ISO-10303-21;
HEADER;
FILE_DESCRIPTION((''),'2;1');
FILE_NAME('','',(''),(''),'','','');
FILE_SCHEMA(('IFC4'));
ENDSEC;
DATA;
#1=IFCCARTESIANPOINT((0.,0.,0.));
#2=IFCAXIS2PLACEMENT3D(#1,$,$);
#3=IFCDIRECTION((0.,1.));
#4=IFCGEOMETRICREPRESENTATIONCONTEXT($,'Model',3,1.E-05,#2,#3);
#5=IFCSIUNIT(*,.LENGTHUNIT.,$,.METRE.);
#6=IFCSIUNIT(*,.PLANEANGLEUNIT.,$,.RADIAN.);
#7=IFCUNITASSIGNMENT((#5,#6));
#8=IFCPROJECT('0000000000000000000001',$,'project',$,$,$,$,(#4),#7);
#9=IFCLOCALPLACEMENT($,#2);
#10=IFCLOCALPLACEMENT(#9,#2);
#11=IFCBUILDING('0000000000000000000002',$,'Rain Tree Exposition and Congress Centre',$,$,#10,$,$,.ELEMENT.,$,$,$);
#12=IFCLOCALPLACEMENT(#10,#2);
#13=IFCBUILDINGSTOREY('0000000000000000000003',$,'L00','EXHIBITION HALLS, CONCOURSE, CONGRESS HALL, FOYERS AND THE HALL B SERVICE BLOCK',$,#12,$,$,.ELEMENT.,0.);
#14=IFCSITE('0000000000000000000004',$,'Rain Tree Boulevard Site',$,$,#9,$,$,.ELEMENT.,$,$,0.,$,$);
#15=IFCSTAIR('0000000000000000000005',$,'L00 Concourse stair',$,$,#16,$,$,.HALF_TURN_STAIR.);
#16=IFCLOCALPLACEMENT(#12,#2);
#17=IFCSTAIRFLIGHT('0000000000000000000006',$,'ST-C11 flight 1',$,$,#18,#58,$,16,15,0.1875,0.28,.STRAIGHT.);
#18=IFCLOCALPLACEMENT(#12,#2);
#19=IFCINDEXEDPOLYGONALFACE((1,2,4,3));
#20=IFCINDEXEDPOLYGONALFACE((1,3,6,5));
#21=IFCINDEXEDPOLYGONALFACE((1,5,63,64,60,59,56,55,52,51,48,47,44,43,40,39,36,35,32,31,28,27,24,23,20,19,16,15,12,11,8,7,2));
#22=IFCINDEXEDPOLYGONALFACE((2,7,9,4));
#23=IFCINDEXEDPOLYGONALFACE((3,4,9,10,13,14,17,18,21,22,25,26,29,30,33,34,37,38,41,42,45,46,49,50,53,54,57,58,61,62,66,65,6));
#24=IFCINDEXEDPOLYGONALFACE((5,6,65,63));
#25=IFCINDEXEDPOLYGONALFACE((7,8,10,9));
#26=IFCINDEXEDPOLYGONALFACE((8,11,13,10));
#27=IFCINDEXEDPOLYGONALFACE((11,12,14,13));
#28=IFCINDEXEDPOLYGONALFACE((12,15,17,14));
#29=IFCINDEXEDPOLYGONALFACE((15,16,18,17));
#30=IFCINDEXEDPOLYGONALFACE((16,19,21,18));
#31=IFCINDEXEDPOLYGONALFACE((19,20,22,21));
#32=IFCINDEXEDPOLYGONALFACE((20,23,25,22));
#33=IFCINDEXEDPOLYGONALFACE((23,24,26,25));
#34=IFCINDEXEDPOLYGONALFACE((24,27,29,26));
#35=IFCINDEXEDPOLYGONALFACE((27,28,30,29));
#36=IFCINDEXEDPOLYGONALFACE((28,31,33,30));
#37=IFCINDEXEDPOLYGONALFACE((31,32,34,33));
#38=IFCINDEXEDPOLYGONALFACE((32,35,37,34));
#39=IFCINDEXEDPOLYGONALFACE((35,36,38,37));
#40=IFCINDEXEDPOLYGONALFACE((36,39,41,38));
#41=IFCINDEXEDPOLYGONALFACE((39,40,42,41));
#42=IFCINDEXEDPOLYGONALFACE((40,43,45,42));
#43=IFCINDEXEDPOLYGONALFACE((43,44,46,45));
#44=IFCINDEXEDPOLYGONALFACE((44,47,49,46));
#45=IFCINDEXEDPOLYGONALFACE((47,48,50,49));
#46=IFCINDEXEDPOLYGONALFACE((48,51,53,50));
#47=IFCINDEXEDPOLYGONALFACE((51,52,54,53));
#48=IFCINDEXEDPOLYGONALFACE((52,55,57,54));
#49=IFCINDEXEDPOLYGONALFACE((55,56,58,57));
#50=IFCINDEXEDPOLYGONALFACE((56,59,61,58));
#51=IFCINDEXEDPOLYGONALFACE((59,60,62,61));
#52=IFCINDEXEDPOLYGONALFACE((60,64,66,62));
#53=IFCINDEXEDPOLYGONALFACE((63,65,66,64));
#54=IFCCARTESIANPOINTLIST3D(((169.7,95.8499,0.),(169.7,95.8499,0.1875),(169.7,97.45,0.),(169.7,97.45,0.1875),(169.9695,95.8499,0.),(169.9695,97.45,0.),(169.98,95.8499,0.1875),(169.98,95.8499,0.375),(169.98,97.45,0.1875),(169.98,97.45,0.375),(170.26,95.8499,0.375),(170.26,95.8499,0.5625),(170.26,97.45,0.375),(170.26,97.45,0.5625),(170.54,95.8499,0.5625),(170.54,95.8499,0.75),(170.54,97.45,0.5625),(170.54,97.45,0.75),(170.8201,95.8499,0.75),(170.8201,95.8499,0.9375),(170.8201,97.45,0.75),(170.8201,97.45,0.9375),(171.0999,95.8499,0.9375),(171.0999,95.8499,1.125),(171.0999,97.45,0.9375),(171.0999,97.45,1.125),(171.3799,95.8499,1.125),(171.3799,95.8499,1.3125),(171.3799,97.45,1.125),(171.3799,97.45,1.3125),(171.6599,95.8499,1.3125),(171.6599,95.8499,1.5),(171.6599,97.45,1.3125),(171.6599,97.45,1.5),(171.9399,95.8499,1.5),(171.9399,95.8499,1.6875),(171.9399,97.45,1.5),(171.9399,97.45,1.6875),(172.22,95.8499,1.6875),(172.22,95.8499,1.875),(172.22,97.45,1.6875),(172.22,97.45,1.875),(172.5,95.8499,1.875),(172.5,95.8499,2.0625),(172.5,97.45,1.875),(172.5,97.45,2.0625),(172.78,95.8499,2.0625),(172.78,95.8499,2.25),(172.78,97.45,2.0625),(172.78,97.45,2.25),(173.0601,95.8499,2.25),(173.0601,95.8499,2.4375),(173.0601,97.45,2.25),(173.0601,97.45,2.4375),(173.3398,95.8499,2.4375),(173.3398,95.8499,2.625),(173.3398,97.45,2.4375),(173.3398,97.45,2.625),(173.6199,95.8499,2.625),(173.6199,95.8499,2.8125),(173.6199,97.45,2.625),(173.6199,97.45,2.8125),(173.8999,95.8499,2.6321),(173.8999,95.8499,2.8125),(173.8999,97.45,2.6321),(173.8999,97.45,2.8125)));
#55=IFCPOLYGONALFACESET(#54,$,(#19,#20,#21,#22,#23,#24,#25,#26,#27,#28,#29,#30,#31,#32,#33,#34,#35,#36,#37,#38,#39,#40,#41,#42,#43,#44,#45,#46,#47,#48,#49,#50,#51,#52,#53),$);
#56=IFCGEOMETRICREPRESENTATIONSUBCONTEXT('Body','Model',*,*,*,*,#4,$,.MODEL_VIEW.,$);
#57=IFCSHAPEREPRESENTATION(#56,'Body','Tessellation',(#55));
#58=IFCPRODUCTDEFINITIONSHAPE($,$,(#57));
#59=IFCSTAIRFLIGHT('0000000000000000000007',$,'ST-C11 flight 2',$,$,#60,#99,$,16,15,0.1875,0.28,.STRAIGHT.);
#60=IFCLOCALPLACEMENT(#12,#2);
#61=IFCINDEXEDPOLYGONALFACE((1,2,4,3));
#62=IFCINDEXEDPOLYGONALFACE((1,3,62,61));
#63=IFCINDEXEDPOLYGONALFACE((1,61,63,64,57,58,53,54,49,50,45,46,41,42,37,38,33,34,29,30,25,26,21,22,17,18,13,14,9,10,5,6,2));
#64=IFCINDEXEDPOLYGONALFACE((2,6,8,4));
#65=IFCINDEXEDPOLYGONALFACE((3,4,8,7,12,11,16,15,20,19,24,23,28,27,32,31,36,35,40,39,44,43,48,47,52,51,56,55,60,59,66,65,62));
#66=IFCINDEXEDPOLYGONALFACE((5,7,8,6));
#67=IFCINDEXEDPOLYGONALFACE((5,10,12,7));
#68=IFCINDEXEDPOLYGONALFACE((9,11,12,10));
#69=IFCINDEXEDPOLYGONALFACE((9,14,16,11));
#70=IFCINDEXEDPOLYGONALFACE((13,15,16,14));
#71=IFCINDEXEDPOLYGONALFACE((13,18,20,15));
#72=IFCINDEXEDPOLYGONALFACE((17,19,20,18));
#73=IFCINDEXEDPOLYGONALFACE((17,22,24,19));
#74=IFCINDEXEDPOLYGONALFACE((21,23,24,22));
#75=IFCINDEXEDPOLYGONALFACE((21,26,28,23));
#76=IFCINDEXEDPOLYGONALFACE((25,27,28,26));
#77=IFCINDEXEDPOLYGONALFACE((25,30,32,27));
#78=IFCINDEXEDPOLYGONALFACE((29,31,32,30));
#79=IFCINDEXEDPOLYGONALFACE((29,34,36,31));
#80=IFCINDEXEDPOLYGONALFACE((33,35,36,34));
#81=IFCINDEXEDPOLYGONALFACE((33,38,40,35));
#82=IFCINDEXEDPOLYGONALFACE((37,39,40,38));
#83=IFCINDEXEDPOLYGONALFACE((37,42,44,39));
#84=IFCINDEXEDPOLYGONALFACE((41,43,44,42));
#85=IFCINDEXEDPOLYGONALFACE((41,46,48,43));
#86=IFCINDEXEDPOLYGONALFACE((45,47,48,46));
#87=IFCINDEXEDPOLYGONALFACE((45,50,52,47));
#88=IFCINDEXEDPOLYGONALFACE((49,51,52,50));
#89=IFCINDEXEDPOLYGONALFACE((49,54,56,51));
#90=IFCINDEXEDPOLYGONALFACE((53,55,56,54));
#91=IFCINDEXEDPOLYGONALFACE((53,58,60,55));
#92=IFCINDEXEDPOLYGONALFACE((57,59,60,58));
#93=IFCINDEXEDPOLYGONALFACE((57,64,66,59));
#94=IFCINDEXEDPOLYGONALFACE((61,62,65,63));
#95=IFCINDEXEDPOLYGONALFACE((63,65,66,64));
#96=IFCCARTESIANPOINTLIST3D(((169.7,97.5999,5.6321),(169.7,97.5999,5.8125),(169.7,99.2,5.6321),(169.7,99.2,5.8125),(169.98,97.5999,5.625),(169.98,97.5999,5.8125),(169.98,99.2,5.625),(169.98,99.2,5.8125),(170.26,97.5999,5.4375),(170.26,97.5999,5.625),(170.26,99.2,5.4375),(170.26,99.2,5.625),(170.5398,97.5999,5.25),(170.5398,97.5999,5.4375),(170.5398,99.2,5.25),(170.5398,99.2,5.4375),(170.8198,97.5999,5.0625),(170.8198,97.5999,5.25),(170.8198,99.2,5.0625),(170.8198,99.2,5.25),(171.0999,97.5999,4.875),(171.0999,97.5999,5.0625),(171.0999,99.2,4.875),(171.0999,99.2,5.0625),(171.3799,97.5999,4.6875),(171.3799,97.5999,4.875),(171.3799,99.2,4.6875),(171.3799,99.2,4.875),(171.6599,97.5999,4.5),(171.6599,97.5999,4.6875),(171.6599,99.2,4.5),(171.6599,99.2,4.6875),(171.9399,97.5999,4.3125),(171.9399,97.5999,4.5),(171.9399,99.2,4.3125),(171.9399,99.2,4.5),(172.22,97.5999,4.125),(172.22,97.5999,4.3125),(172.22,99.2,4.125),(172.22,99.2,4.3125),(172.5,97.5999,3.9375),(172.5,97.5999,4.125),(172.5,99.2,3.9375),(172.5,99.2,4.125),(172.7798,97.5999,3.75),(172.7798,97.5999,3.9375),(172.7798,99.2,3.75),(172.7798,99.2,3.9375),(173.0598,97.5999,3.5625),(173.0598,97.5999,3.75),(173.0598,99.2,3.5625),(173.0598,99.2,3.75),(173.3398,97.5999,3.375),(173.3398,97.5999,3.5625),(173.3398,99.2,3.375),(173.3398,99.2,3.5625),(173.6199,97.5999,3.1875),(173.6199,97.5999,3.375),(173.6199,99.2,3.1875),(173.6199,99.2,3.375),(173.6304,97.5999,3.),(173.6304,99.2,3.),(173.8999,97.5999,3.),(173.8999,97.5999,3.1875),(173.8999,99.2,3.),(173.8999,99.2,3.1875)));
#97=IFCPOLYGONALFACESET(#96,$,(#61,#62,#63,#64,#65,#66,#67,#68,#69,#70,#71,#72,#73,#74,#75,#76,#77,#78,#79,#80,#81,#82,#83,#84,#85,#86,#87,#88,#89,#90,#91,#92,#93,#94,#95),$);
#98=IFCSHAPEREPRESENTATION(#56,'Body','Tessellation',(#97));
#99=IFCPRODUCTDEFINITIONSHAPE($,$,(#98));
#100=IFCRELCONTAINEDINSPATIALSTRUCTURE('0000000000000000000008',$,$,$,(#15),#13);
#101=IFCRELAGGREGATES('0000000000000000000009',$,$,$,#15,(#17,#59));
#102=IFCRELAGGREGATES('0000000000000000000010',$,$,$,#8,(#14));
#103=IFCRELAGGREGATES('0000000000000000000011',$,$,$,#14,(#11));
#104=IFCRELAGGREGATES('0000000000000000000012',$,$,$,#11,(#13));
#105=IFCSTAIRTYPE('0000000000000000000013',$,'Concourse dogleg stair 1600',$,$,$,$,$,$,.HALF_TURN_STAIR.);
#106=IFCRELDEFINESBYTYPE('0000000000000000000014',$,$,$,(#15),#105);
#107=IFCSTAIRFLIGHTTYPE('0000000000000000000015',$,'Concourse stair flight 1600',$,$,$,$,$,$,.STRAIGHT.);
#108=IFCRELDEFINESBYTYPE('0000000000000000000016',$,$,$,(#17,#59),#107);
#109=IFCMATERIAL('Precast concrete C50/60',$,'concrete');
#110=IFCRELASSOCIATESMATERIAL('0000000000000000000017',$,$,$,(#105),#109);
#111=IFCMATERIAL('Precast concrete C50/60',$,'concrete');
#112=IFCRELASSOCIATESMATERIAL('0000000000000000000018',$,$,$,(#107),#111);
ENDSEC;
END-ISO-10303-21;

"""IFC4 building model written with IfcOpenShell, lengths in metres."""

from ifc_helpers import new_model, si_unit, direction, frame, origin, place, context, subcontext, project, spatial, polyline, outline, extrude, material, type_object, element, aggregate, save


model = new_model("IFC4")

# Units and contexts
model_context = context("Model", 3, precision=1e-05, world=origin(), true_north=direction((0.0, 1.0)))
body_context = subcontext(model_context, "Body", "Model", "MODEL_VIEW")
ifc_project = project(units=[si_unit("LENGTHUNIT", "METRE"), si_unit("PLANEANGLEUNIT", "RADIAN")], contexts=[model_context])

# Site, building, storey
site_placement = place(None, origin())
site = spatial("IfcSite", under=ifc_project, at=site_placement, Name="Rain Tree Boulevard Site", CompositionType="ELEMENT", RefElevation=0.0)
building_placement = place(site_placement, origin())
building = spatial("IfcBuilding", under=site, at=building_placement, Name="Rain Tree Exposition and Congress Centre", CompositionType="ELEMENT")
storey_placement = place(building_placement, origin())
storey = spatial("IfcBuildingStorey", under=building, at=storey_placement, Name="L00", Description="EXHIBITION HALLS, CONCOURSE, CONGRESS HALL, FOYERS AND THE HALL B SERVICE BLOCK", CompositionType="ELEMENT", Elevation=0.0)

# Stair, stair flights
ifc_material_1 = material(Name="Precast concrete C50/60", Category="concrete")
stair_type = type_object("IfcStairType", Name="Concourse dogleg stair 1600", PredefinedType="HALF_TURN_STAIR", material=ifc_material_1)
stair_placement = place(storey_placement, origin())
stair = element("IfcStair", 1, at=stair_placement, inside=storey, type_object=stair_type, Name="L00 Concourse stair", PredefinedType="HALF_TURN_STAIR")
ifc_material_2 = material(Name="Precast concrete C50/60", Category="concrete")
stair_flight_type = type_object("IfcStairFlightType", Name="Concourse stair flight 1600", PredefinedType="STRAIGHT", material=ifc_material_2)
stair_flight_1_placement = place(storey_placement, frame((169.7, 96.6499, 0.0), z_axis=(0.0, 0.0, 1.0), x_axis=(1.0, 0.0, 0.0)))
stair_flight_1 = element("IfcStairFlight", 2, at=stair_flight_1_placement, type_object=stair_flight_type, Name="ST-C11 flight 1", NumberOfRisers=16, NumberOfTreads=15, PredefinedType="STRAIGHT", RiserHeight=0.1875, TreadLength=0.28, context=body_context, shape_type="SweptSolid", body=[
    extrude(outline(polyline([(0.0, 0.0), (0.0, 0.1875), (0.28, 0.1875), (0.28, 0.375), (0.5601, 0.375), (0.5601, 0.5625), (0.8401, 0.5625), (0.8401, 0.75), (1.1201, 0.75), (1.1201, 0.9375), (1.3999, 0.9375), (1.3999, 1.125), (1.6799, 1.125), (1.6799, 1.3125), (1.96, 1.3125), (1.96, 1.5), (2.24, 1.5), (2.24, 1.6875), (2.52, 1.6875), (2.52, 1.875), (2.8, 1.875), (2.8, 2.0625), (3.0801, 2.0625), (3.0801, 2.25), (3.3601, 2.25), (3.3601, 2.4375), (3.6399, 2.4375), (3.6399, 2.625), (3.9199, 2.625), (3.9199, 2.8125), (4.2, 2.8125), (4.2, 3.0), (4.2, 2.6321), (0.2695, 0.0), (0.0, 0.0)])), frame((0.0, 0.8, 0.0), z_axis=(0.0, -1.0, 0.0), x_axis=(1.0, 0.0, 0.0)), (0.0, 0.0, 1.0), 1.6001),
])
stair_flight_2_placement = place(storey_placement, frame((173.8999, 98.3999, 3.0), z_axis=(0.0, 0.0, 1.0), x_axis=(-1.0, 0.0, 0.0)))
stair_flight_2 = element("IfcStairFlight", 3, at=stair_flight_2_placement, type_object=stair_flight_type, Name="ST-C11 flight 2", NumberOfRisers=16, NumberOfTreads=15, PredefinedType="STRAIGHT", RiserHeight=0.1875, TreadLength=0.28, context=body_context, shape_type="SweptSolid", body=[
    extrude(outline(polyline([(0.0, 0.0), (0.0, 0.1875), (0.28, 0.1875), (0.28, 0.375), (0.5601, 0.375), (0.5601, 0.5625), (0.8401, 0.5625), (0.8401, 0.75), (1.1201, 0.75), (1.1201, 0.9375), (1.3999, 0.9375), (1.3999, 1.125), (1.6799, 1.125), (1.6799, 1.3125), (1.96, 1.3125), (1.96, 1.5), (2.24, 1.5), (2.24, 1.6875), (2.52, 1.6875), (2.52, 1.875), (2.8, 1.875), (2.8, 2.0625), (3.0801, 2.0625), (3.0801, 2.25), (3.3601, 2.25), (3.3601, 2.4375), (3.6399, 2.4375), (3.6399, 2.625), (3.9199, 2.625), (3.9199, 2.8125), (4.2, 2.8125), (4.2, 3.0), (4.2, 2.6321), (0.2695, 0.0), (0.0, 0.0)])), frame((0.0, 0.8, 0.0), z_axis=(0.0, -1.0, 0.0), x_axis=(1.0, 0.0, 0.0)), (0.0, 0.0, 1.0), 1.6001),
])
aggregate(stair, [stair_flight_1, stair_flight_2])

save(model, "model.ifc")
